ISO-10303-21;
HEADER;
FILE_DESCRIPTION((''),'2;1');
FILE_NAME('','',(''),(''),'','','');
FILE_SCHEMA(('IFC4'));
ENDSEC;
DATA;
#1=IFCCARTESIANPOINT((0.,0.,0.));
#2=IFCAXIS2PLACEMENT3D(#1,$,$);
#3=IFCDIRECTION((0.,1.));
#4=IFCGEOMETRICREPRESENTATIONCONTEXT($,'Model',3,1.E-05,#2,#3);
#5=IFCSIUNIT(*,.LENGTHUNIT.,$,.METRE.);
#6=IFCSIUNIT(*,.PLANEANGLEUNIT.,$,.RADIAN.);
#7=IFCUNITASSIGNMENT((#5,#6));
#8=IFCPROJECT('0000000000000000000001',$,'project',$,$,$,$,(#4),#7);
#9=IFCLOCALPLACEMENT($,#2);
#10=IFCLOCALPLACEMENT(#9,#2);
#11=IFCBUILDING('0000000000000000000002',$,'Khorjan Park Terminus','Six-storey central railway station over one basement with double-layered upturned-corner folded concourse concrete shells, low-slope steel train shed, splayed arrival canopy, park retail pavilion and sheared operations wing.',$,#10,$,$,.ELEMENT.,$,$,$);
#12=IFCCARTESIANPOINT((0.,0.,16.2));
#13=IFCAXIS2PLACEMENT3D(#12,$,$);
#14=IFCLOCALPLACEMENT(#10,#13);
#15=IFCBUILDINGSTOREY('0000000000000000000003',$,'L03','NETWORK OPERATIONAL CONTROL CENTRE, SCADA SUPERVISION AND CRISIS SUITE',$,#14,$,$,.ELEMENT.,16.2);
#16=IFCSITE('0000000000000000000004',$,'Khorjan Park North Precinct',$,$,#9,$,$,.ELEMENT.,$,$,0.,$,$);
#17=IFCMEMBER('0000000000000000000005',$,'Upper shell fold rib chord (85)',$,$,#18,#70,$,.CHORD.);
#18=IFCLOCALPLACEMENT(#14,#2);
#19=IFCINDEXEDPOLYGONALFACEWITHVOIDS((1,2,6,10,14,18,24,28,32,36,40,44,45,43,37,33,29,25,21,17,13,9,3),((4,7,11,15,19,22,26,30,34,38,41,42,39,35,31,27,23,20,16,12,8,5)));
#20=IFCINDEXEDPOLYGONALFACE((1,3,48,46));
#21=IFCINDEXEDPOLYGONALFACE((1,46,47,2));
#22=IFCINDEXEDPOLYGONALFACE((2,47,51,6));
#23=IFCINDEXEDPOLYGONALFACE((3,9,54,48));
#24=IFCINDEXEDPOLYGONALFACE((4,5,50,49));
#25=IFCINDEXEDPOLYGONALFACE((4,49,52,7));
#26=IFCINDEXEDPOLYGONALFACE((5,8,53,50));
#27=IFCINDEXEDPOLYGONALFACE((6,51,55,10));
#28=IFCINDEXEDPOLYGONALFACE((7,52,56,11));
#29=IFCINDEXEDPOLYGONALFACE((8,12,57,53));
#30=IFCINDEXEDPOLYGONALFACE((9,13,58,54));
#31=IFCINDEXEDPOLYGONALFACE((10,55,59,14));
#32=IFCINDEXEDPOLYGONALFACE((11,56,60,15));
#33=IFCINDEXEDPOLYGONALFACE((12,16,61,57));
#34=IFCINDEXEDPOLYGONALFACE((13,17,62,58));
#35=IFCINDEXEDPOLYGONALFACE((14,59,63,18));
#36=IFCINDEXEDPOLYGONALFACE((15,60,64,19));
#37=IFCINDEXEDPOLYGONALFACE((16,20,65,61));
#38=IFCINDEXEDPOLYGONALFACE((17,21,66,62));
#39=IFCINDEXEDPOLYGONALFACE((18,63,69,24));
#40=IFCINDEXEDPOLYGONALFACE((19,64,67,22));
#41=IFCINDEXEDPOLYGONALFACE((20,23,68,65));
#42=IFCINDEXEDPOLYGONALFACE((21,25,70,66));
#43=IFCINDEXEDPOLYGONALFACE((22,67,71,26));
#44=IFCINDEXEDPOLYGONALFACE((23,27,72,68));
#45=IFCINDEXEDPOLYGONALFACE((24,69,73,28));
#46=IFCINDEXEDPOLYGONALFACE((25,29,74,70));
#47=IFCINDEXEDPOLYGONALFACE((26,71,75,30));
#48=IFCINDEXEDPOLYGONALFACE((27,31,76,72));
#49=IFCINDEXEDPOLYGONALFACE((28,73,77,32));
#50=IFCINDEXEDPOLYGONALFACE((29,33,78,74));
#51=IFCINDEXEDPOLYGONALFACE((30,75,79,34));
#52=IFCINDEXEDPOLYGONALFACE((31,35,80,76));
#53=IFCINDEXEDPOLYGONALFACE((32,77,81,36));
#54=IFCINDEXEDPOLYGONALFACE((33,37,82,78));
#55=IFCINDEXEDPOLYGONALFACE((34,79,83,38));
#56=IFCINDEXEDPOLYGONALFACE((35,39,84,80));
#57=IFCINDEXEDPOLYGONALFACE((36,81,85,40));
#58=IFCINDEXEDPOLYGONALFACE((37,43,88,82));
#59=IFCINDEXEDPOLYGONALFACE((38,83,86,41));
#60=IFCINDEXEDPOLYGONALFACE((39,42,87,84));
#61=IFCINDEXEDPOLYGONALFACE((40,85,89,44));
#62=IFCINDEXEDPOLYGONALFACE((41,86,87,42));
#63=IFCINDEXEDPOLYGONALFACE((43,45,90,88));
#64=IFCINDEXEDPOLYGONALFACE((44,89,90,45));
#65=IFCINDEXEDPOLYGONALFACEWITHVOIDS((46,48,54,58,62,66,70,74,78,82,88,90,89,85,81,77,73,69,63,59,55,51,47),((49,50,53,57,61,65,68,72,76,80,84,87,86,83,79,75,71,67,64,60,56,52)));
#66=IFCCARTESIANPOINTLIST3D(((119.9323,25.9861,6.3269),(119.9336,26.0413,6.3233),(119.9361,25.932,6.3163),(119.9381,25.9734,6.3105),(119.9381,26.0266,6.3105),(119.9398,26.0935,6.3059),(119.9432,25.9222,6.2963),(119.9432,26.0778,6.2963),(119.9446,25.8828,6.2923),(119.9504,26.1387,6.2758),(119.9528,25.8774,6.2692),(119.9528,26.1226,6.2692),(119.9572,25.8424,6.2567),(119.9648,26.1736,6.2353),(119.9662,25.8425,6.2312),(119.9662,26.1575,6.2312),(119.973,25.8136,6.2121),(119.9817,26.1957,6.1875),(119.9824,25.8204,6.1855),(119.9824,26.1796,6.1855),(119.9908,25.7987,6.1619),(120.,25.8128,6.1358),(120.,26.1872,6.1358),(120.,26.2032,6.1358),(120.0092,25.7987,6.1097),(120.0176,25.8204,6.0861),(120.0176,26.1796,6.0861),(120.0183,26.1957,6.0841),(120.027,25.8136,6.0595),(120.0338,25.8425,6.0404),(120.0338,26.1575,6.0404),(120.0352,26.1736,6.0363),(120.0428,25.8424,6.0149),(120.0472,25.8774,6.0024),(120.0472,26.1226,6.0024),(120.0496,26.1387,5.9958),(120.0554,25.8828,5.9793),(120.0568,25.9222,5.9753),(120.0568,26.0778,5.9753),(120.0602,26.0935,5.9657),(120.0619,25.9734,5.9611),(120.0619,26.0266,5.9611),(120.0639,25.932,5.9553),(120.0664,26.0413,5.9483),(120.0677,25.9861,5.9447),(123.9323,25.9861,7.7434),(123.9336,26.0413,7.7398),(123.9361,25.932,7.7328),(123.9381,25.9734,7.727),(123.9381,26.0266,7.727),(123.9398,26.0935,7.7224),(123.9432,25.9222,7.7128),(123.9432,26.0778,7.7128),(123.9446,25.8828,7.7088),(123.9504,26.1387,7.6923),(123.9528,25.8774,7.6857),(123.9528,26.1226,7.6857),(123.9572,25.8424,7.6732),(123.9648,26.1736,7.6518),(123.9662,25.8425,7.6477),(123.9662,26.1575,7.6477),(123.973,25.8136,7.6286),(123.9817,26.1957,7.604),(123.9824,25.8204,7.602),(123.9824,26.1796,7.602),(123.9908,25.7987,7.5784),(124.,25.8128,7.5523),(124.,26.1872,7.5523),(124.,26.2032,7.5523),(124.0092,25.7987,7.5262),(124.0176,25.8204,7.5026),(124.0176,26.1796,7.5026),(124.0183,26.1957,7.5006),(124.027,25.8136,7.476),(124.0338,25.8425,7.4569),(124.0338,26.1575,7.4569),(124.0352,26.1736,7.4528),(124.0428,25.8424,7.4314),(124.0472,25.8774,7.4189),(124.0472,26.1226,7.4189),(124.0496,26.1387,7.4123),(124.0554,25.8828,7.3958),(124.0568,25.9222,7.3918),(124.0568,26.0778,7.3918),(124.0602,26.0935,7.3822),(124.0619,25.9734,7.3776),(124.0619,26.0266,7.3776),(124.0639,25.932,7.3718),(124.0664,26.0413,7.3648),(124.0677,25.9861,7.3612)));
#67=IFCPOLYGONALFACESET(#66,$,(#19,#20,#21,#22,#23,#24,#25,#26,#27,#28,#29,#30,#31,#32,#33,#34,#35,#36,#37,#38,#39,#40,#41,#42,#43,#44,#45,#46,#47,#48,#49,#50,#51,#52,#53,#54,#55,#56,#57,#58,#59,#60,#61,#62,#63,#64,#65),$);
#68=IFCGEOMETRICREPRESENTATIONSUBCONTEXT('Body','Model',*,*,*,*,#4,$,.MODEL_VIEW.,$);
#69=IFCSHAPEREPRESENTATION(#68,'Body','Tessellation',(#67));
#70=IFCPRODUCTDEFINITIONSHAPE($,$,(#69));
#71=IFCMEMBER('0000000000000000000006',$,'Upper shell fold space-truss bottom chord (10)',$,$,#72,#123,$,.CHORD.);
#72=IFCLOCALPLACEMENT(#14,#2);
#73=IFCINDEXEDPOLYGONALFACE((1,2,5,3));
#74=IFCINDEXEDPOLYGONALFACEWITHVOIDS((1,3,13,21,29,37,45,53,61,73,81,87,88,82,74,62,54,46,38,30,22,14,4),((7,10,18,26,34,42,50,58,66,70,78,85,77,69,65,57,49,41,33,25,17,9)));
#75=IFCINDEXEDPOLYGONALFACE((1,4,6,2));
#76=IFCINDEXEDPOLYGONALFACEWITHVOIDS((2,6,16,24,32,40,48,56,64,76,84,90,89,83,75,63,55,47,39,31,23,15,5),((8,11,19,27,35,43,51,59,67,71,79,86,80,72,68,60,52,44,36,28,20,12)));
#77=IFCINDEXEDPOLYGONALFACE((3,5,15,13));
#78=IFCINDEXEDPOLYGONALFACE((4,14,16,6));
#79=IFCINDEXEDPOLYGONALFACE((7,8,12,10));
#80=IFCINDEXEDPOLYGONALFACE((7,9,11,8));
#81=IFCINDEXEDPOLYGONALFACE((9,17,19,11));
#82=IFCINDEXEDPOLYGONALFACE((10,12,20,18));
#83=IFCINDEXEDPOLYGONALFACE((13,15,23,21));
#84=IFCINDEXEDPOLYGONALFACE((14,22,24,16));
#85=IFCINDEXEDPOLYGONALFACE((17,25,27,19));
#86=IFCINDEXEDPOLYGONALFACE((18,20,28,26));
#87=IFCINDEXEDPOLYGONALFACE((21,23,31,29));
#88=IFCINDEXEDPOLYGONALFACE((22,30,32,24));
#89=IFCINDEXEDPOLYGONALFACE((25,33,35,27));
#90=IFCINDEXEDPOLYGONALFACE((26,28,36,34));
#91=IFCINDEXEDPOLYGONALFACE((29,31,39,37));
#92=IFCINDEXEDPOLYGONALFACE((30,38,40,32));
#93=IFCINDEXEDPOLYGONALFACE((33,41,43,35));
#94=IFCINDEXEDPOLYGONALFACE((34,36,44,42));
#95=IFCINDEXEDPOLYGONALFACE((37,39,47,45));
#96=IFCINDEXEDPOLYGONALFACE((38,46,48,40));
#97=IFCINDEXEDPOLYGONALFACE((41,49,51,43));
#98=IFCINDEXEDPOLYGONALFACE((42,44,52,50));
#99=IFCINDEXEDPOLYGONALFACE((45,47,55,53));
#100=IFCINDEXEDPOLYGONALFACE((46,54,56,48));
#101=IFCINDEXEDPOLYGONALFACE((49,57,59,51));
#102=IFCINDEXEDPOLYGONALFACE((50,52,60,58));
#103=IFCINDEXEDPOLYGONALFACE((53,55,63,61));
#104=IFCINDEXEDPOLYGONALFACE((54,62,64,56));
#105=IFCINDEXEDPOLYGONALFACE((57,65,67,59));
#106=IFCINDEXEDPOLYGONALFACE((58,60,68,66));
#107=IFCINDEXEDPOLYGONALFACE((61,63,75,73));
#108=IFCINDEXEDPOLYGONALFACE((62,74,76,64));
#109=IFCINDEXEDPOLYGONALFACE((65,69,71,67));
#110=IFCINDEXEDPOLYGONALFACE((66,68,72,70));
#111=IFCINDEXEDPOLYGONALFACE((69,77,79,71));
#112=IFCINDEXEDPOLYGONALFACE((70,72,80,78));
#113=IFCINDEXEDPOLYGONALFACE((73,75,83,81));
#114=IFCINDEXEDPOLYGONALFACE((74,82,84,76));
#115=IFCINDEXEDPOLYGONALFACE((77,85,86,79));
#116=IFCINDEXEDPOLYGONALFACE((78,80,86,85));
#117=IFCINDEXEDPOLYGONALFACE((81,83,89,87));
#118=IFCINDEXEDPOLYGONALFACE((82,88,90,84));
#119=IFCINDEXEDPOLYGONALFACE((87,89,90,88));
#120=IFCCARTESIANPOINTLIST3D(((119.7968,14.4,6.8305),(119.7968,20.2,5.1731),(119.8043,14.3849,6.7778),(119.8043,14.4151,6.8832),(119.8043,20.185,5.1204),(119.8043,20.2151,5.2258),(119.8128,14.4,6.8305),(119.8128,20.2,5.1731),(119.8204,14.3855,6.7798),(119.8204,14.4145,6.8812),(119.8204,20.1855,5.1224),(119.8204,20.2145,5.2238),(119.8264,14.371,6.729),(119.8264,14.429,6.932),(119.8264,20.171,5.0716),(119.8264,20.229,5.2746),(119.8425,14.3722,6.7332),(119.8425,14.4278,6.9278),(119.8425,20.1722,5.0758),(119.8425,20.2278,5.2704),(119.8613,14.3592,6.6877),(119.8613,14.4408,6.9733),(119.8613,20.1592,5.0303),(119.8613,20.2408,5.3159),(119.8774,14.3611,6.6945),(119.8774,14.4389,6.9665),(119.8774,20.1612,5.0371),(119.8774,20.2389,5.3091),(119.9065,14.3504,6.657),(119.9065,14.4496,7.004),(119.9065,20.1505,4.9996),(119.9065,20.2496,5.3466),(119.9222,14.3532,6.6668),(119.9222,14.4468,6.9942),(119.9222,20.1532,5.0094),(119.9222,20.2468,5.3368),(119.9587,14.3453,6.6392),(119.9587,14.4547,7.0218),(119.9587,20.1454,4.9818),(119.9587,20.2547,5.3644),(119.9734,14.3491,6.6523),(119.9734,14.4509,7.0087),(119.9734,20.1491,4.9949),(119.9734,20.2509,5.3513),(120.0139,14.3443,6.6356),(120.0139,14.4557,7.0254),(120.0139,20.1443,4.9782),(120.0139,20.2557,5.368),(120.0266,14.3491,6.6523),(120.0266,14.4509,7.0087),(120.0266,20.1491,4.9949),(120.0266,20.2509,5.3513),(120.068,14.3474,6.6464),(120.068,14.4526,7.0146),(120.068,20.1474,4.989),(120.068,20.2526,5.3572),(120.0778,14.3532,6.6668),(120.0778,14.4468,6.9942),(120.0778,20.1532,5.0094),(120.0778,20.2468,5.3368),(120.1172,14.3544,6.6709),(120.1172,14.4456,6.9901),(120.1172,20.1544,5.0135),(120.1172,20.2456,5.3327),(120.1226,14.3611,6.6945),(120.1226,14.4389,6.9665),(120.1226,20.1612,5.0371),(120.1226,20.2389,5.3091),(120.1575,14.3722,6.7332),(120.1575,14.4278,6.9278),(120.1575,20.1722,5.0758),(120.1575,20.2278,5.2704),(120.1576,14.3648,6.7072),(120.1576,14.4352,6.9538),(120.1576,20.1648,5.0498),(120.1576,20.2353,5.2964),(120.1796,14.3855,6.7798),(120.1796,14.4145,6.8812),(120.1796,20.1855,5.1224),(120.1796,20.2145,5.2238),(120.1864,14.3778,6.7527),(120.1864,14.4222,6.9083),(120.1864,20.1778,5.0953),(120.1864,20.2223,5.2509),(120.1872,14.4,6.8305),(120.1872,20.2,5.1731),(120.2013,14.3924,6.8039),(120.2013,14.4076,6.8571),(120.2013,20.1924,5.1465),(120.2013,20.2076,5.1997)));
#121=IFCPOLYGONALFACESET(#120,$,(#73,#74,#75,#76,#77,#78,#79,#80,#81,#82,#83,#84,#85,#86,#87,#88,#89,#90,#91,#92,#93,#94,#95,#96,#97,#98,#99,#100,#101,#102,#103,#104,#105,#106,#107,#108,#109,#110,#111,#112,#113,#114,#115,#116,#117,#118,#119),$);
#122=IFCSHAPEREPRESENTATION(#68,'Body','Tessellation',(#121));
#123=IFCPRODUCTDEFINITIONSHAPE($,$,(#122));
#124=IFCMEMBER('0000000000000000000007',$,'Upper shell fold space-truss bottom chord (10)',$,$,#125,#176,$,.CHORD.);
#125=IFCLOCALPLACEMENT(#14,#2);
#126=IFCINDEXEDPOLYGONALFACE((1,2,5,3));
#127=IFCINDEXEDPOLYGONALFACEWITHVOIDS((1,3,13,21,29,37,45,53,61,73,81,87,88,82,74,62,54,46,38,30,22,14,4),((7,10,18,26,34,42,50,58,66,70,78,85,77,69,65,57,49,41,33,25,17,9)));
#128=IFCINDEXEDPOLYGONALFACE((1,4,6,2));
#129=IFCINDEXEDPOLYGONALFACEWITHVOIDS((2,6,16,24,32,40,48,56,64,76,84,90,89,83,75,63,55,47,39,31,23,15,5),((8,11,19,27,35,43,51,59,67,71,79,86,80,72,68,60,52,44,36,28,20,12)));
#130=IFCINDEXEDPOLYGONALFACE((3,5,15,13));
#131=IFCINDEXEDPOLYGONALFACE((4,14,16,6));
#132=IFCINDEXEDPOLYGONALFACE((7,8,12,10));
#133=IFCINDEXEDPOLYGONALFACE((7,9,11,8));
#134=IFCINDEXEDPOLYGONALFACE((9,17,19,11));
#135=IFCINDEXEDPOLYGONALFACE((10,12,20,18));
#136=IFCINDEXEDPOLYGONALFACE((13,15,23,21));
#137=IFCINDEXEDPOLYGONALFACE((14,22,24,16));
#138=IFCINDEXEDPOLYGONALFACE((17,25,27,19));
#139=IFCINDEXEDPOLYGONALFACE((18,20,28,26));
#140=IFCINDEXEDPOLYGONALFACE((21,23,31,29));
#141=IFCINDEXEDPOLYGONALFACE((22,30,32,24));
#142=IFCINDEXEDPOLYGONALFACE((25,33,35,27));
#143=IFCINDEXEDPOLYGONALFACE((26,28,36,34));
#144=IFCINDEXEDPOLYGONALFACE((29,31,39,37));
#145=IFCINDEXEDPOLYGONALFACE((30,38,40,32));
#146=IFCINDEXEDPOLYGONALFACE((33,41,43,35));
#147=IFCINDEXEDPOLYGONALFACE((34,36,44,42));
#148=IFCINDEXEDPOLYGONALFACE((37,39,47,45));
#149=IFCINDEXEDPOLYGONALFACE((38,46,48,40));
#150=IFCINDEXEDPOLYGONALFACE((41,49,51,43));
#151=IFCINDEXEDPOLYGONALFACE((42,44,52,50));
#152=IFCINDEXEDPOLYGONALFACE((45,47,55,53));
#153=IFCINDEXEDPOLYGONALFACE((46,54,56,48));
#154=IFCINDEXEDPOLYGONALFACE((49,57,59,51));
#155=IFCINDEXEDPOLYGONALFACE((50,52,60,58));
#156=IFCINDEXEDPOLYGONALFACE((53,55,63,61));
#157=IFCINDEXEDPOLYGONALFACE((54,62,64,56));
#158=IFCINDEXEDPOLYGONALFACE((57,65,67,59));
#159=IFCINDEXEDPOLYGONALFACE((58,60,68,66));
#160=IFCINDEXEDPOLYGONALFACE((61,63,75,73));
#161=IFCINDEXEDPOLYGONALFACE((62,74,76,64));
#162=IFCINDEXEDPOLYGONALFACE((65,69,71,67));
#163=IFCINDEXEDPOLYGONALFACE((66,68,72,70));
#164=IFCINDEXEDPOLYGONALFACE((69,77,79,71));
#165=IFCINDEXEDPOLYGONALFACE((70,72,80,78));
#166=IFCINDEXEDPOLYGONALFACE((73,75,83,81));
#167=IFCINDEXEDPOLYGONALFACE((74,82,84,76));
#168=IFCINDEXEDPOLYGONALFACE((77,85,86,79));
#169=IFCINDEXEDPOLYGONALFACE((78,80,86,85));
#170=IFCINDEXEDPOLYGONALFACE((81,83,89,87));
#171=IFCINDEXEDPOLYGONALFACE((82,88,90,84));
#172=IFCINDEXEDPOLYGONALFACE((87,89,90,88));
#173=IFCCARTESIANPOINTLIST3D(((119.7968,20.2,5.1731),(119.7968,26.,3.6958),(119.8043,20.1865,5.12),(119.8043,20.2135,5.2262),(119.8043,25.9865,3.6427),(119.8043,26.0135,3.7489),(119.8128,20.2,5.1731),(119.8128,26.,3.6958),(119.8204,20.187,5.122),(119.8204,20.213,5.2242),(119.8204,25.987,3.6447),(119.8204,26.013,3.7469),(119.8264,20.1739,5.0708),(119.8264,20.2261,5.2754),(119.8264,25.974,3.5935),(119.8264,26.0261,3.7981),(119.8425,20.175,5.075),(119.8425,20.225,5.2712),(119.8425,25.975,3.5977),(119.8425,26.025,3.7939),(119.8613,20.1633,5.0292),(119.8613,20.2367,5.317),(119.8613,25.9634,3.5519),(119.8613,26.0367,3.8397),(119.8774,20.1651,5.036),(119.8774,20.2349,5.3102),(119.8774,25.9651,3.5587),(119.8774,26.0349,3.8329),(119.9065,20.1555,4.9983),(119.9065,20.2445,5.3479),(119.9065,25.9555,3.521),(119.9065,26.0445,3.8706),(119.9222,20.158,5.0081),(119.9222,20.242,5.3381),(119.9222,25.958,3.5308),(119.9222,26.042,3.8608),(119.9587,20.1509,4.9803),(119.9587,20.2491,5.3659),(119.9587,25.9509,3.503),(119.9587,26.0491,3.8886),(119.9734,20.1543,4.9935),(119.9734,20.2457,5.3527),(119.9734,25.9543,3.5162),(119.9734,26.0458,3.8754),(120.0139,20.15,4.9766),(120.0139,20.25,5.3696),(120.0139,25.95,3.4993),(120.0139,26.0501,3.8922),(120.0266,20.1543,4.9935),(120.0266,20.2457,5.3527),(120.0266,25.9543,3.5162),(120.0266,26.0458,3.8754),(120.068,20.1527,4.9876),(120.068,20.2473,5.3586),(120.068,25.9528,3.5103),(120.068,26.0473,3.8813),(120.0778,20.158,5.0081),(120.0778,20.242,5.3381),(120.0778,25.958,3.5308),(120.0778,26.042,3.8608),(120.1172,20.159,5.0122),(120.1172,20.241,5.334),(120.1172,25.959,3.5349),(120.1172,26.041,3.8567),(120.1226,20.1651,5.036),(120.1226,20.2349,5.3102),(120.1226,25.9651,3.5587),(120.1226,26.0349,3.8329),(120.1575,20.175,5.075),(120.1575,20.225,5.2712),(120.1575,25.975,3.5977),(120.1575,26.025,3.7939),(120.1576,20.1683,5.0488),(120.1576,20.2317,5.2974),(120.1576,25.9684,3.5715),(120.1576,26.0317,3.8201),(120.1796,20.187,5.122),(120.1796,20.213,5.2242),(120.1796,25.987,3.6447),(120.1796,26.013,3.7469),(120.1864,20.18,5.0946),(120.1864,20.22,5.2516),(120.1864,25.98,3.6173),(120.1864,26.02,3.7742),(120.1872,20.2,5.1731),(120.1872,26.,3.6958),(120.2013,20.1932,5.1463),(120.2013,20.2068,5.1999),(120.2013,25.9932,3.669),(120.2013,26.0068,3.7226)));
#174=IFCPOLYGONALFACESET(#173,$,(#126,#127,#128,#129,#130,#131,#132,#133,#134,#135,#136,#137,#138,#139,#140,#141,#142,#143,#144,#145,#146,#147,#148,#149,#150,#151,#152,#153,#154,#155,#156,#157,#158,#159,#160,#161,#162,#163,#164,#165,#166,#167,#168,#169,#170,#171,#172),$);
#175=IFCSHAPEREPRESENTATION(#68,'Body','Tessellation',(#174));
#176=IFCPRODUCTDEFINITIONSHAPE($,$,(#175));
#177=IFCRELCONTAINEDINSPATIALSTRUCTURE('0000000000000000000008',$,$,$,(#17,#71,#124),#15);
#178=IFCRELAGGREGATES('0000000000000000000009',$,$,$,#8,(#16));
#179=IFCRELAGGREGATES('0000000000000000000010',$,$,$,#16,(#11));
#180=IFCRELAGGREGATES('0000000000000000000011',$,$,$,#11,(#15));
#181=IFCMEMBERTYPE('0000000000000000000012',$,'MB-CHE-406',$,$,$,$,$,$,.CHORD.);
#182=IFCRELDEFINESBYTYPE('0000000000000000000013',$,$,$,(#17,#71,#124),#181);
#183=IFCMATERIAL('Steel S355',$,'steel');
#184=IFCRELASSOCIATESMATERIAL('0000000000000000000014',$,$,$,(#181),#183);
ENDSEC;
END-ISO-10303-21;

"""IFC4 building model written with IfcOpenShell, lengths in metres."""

from ifc_helpers import new_model, si_unit, direction, frame, origin, origin_2d, place, context, subcontext, project, spatial, hollow_circle, extrude, material, material_profile, profile_set, type_object, element, save


model = new_model("IFC4")

# Units and contexts
model_context = context("Model", 3, precision=1e-05, world=origin(), true_north=direction((0.0, 1.0)))
body_context = subcontext(model_context, "Body", "Model", "MODEL_VIEW")
ifc_project = project(units=[si_unit("LENGTHUNIT", "METRE"), si_unit("PLANEANGLEUNIT", "RADIAN")], contexts=[model_context])

# Site, building, storey
site_placement = place(None, origin())
site = spatial("IfcSite", under=ifc_project, at=site_placement, Name="Khorjan Park North Precinct", CompositionType="ELEMENT", RefElevation=0.0)
building_placement = place(site_placement, origin())
building = spatial("IfcBuilding", under=site, at=building_placement, Name="Khorjan Park Terminus", Description="Six-storey central railway station over one basement with double-layered upturned-corner folded concourse concrete shells, low-slope steel train shed, splayed arrival canopy, park retail pavilion and sheared operations wing.", CompositionType="ELEMENT")
storey_placement = place(building_placement, frame((0.0, 0.0, 16.2)))
storey = spatial("IfcBuildingStorey", under=building, at=storey_placement, Name="L03", Description="NETWORK OPERATIONAL CONTROL CENTRE, SCADA SUPERVISION AND CRISIS SUITE", CompositionType="ELEMENT", Elevation=16.2)

# Members
ifc_material_1 = material(Name="Steel S355", Category="steel")
ifc_material_profile_1 = material_profile(ifc_material_1, hollow_circle(Radius=0.2032, WallThickness=0.016, at=origin_2d()), Name="CHS 406.4x16")
ifc_profile_set_1 = profile_set([ifc_material_profile_1], Name="Steel S355")
member_type_1 = type_object("IfcMemberType", Name="MB-CHE-406", PredefinedType="CHORD", material=ifc_profile_set_1)
member_1_placement = place(storey_placement, frame((120.0, 26.0, 6.1358), z_axis=(0.94264, 0.0, 0.333812), x_axis=(0.0, 1.0, 0.0)))
element("IfcMember", 1, at=member_1_placement, inside=storey, type_object=member_type_1, Name="Upper shell fold rib chord (85)", PredefinedType="CHORD", context=body_context, shape_type="SweptSolid", body=[
    extrude(hollow_circle(Radius=0.2032, WallThickness=0.016, at=origin_2d()), origin(), (0.0, 0.0, 1.0), 4.2434),
])
member_2_placement = place(storey_placement, frame((120.0, 14.4, 6.8305), z_axis=(0.0, 0.961513, -0.274761), x_axis=(-1.0, 0.0, 0.0)))
element("IfcMember", 2, at=member_2_placement, inside=storey, type_object=member_type_1, Name="Upper shell fold space-truss bottom chord (10)", PredefinedType="CHORD", context=body_context, shape_type="SweptSolid", body=[
    extrude(hollow_circle(Radius=0.2032, WallThickness=0.016, at=origin_2d()), origin(), (0.0, 0.0, 1.0), 6.0322),
])
member_3_placement = place(storey_placement, frame((120.0, 20.2, 5.1731), z_axis=(0.0, 0.96906, -0.246826), x_axis=(-1.0, 0.0, 0.0)))
element("IfcMember", 3, at=member_3_placement, inside=storey, type_object=member_type_1, Name="Upper shell fold space-truss bottom chord (10)", PredefinedType="CHORD", context=body_context, shape_type="SweptSolid", body=[
    extrude(hollow_circle(Radius=0.2032, WallThickness=0.016, at=origin_2d()), origin(), (0.0, 0.0, 1.0), 5.9852),
])

save(model, "model.ifc")
